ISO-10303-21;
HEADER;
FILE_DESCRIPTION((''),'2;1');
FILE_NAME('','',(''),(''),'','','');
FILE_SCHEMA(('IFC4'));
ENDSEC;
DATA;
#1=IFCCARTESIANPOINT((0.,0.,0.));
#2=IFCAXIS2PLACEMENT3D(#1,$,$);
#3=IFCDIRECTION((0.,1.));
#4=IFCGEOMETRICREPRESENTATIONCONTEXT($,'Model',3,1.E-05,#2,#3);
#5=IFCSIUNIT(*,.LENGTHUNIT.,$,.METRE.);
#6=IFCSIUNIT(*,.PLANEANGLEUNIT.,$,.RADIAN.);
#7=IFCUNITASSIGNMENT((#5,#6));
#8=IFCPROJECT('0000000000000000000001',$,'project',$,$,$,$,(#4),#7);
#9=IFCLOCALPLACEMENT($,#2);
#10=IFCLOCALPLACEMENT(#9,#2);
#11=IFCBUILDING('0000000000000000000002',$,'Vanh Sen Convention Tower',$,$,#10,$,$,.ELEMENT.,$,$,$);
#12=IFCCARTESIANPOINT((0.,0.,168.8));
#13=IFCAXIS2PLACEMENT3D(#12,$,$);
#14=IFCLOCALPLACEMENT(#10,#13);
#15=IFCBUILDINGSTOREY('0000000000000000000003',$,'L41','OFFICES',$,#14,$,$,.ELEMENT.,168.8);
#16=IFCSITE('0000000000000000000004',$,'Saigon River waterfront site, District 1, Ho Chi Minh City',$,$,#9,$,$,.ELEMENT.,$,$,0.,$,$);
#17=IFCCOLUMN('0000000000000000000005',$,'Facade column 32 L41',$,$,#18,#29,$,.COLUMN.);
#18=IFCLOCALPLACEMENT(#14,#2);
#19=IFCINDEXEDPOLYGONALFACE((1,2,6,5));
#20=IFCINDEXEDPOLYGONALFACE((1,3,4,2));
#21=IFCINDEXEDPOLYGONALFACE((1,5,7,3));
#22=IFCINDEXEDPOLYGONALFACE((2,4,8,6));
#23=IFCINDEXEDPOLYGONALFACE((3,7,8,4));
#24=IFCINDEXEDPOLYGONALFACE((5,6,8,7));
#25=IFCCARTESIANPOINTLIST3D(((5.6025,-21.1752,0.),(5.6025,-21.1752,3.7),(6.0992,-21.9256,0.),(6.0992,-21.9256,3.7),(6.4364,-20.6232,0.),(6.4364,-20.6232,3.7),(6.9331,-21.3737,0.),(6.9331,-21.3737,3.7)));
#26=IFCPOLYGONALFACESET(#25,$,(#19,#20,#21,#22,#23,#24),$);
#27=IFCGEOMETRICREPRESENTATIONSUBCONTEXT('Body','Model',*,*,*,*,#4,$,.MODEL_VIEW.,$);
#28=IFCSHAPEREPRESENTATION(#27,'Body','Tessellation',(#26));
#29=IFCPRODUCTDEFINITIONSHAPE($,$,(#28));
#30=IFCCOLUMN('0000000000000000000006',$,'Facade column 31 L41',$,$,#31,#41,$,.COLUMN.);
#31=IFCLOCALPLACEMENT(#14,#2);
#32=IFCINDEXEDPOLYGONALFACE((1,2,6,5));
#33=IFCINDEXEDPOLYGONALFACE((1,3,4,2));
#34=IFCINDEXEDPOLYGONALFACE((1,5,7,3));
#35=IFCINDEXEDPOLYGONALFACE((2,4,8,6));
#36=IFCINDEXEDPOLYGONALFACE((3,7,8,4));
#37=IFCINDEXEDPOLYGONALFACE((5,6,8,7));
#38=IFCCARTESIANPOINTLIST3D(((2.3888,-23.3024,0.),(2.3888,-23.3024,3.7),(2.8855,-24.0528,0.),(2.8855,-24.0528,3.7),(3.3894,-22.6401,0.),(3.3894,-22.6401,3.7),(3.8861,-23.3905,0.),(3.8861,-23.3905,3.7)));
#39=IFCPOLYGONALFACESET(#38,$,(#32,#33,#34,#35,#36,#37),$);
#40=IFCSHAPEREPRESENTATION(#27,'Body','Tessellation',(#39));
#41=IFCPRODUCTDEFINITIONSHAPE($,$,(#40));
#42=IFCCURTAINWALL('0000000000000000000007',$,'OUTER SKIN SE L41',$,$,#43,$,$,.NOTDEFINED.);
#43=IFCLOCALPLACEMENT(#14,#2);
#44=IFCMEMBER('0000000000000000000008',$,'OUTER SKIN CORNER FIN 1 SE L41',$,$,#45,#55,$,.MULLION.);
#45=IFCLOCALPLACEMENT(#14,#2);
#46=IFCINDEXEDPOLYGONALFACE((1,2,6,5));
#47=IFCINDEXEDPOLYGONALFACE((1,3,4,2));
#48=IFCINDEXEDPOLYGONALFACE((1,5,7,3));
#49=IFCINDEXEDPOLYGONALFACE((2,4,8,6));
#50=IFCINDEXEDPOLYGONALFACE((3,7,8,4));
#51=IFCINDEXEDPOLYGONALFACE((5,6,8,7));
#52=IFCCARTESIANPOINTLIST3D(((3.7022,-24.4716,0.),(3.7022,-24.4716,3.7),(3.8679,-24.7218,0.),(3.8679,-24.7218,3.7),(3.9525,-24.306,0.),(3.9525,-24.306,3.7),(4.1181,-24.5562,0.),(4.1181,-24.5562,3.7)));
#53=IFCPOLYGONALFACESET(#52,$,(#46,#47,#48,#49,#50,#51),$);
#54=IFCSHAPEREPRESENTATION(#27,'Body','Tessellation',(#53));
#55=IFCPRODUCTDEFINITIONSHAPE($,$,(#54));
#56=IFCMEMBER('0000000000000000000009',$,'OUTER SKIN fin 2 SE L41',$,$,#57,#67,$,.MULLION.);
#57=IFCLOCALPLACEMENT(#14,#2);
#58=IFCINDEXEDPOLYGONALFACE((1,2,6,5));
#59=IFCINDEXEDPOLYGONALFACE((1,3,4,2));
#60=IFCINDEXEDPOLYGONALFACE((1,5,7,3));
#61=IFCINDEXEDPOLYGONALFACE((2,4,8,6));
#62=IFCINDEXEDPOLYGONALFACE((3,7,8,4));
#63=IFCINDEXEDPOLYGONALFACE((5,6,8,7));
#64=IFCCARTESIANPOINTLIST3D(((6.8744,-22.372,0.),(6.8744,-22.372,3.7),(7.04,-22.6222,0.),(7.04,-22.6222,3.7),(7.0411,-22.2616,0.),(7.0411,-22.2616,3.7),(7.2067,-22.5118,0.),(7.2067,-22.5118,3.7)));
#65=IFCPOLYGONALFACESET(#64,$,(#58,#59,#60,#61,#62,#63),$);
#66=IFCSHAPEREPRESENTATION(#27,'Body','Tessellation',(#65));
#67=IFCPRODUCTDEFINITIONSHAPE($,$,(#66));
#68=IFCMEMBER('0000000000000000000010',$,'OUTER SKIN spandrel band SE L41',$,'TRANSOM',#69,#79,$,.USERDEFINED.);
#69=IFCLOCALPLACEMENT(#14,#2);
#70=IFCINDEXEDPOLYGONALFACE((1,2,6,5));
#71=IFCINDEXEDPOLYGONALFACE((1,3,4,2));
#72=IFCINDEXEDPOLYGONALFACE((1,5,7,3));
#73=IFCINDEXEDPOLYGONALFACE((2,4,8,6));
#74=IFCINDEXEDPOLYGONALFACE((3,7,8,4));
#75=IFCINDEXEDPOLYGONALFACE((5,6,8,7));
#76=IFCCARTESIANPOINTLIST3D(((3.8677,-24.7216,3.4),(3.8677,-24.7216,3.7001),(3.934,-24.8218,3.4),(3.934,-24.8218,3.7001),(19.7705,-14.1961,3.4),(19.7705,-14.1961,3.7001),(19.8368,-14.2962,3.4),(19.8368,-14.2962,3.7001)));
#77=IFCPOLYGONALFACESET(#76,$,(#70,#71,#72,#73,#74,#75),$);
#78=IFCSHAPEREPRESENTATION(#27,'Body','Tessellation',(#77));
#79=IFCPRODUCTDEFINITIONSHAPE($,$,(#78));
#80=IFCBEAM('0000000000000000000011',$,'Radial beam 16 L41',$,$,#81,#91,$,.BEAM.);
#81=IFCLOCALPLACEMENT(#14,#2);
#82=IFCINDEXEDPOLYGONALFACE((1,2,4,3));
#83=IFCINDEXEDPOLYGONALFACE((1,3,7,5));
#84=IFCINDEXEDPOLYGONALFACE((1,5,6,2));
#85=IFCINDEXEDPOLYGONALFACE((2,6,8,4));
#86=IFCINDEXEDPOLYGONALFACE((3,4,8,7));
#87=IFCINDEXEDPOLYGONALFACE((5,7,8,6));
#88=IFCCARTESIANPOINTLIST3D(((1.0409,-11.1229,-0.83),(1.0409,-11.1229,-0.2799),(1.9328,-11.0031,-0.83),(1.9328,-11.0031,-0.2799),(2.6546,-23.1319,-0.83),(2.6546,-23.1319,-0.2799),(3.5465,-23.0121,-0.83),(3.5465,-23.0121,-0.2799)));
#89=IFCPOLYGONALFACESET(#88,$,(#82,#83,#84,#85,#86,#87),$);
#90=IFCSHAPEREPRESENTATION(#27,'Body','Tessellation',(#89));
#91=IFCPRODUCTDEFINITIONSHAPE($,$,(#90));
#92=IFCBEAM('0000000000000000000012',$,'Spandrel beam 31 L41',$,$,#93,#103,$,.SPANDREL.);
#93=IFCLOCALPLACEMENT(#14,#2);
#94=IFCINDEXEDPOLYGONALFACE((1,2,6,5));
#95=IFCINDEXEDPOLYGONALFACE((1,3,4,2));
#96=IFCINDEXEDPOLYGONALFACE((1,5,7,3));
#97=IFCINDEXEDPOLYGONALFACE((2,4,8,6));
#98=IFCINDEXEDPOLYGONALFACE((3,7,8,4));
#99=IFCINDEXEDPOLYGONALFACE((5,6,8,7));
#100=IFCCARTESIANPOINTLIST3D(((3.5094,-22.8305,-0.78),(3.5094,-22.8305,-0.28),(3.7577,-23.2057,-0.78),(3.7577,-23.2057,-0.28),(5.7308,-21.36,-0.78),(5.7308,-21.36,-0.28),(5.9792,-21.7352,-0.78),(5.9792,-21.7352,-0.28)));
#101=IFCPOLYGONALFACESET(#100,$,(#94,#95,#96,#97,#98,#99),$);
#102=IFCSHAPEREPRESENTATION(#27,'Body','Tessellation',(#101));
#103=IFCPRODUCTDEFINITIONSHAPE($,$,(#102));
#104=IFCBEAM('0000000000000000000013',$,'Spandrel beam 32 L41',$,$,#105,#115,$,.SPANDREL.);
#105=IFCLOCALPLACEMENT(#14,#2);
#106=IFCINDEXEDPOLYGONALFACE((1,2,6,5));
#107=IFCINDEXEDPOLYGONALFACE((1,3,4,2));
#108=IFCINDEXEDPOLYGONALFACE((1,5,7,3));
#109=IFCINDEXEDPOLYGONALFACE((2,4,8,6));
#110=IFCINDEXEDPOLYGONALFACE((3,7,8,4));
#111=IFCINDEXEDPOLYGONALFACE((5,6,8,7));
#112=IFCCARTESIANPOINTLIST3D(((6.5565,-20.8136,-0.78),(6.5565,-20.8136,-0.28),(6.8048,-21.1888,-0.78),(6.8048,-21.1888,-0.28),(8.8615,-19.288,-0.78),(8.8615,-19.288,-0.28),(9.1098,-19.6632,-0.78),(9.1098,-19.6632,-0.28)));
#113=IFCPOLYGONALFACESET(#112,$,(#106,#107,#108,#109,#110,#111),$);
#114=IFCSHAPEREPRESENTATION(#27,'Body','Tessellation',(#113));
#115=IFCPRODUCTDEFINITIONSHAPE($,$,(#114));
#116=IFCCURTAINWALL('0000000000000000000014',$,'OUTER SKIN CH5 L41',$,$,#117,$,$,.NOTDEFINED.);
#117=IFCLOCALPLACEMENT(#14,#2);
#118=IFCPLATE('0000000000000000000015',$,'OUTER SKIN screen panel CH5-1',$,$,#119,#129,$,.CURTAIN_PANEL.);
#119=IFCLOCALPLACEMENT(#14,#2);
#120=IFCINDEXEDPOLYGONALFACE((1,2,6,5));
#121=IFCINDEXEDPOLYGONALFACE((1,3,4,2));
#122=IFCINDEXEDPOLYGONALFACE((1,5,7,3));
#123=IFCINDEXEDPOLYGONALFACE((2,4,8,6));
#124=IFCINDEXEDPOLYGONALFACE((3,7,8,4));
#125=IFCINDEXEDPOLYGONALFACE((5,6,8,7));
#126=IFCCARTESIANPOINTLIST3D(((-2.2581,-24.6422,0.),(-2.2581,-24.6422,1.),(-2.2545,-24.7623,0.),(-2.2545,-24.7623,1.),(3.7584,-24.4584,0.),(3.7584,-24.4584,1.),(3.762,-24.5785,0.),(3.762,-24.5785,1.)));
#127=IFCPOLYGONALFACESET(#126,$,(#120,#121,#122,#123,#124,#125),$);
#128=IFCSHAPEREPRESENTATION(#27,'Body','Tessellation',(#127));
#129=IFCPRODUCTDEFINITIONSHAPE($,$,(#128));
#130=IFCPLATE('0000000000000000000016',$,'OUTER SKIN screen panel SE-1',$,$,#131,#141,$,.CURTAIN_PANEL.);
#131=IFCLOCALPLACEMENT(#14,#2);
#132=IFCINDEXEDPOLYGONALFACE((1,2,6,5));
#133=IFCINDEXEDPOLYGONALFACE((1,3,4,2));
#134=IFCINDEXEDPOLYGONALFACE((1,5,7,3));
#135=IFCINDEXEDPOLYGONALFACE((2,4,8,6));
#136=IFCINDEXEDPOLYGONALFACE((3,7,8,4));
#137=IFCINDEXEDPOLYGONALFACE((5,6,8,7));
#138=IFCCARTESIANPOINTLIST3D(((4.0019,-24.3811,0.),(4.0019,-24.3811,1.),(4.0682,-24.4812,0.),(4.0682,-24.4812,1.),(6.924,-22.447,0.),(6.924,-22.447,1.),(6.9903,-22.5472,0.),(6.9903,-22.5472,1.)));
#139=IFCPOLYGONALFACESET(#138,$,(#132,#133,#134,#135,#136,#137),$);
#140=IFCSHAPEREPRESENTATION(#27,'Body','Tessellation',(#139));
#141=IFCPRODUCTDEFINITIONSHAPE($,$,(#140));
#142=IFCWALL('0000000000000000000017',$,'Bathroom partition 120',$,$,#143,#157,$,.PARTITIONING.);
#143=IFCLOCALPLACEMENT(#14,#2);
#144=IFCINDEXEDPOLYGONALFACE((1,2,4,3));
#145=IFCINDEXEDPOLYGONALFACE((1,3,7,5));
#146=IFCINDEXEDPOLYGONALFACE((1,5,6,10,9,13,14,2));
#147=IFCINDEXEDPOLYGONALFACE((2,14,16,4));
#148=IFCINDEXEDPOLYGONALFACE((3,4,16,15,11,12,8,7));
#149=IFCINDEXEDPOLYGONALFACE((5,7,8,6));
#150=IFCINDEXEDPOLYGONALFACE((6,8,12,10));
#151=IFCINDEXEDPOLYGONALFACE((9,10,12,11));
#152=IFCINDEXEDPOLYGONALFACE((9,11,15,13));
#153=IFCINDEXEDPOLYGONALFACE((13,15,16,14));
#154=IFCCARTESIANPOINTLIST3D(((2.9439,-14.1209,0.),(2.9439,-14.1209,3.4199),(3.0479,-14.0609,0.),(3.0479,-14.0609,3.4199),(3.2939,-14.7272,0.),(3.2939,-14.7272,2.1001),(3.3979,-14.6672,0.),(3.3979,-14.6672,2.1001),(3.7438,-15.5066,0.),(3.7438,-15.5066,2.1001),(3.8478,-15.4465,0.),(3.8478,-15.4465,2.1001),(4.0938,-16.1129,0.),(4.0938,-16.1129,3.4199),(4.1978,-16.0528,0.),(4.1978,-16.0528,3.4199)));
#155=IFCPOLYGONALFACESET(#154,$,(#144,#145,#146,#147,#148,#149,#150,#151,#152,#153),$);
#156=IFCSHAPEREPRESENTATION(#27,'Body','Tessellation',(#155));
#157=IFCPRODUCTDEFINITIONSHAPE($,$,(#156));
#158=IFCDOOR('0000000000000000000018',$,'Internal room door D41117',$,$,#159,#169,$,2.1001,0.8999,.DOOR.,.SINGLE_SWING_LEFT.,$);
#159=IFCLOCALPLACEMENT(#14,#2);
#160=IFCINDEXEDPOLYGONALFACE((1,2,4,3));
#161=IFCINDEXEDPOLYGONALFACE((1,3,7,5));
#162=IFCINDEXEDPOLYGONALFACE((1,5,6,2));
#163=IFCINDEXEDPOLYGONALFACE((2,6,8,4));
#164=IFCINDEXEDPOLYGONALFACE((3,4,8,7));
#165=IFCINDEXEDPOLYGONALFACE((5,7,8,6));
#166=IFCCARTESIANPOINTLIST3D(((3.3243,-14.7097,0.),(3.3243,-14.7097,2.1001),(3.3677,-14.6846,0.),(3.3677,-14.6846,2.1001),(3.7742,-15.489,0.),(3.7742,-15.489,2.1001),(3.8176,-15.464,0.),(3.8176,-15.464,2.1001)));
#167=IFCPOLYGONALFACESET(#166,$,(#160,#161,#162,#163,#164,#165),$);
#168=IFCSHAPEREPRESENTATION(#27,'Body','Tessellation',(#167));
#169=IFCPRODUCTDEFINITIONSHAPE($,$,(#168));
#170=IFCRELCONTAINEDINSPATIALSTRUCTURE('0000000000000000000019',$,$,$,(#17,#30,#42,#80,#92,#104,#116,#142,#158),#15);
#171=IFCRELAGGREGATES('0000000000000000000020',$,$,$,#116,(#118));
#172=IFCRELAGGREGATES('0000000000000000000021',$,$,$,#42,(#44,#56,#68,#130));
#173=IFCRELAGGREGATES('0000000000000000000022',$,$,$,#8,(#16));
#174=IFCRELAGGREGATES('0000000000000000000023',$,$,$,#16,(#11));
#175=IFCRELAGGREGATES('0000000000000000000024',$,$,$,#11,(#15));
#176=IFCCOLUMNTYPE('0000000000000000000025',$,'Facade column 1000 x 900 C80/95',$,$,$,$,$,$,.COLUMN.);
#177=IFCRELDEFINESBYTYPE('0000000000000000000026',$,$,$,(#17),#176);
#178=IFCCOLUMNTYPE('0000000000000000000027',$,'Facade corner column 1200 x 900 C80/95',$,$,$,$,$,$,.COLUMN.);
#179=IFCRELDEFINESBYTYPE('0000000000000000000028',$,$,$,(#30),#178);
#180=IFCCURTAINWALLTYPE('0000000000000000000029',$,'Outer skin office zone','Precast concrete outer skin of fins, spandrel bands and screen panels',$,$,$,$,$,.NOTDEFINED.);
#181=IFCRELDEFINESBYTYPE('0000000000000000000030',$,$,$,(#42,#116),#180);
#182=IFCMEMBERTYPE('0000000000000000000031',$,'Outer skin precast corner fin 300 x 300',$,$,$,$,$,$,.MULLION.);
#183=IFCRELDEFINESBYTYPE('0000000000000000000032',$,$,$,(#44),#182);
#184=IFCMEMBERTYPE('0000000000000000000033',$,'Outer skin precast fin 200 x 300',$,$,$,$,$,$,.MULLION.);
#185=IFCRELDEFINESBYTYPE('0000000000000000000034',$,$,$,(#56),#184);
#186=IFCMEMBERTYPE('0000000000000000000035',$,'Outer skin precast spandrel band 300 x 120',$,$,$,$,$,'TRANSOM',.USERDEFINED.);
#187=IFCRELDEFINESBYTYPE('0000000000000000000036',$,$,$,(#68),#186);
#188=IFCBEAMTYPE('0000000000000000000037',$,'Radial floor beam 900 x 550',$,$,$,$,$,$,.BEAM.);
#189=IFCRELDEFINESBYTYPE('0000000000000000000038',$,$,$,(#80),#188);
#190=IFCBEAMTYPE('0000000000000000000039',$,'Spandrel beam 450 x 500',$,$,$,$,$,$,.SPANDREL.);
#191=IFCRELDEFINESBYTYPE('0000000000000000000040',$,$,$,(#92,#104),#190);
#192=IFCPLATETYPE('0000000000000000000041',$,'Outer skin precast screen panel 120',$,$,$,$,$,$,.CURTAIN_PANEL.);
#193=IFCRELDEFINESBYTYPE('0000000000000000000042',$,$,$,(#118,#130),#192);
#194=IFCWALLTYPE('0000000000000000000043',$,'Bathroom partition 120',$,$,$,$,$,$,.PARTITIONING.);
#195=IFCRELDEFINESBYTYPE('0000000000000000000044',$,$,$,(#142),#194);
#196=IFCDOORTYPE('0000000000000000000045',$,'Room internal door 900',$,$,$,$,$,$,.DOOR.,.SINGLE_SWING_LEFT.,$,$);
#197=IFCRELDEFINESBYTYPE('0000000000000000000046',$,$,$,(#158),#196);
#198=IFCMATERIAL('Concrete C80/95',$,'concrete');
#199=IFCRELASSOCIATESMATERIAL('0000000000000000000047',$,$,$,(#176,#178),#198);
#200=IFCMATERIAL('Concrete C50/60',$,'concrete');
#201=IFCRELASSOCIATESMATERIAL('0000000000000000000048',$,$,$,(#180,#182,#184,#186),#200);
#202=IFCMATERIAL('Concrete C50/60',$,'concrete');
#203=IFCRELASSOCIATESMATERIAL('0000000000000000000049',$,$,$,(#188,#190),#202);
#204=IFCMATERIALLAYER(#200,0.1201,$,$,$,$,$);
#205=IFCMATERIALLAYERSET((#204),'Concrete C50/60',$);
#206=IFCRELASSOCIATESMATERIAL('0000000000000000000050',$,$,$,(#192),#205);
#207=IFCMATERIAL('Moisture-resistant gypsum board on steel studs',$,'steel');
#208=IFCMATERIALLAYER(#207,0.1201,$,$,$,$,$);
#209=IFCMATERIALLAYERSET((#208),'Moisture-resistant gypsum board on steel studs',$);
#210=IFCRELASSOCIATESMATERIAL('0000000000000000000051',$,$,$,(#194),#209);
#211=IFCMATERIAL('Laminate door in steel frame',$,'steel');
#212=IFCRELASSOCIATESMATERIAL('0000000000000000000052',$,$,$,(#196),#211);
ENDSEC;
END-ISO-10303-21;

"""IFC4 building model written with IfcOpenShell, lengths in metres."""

from ifc_helpers import new_model, si_unit, direction, frame, frame_2d, origin, origin_2d, place, context, subcontext, project, spatial, rectangle, extrude, material, layer, layer_set, material_profile, profile_set, type_object, element, fill, aggregate, save


model = new_model("IFC4")

# Units and contexts
model_context = context("Model", 3, precision=1e-05, world=origin(), true_north=direction((0.0, 1.0)))
body_context = subcontext(model_context, "Body", "Model", "MODEL_VIEW")
ifc_project = project(units=[si_unit("LENGTHUNIT", "METRE"), si_unit("PLANEANGLEUNIT", "RADIAN")], contexts=[model_context])

# Site, building, storey
site_placement = place(None, origin())
site = spatial("IfcSite", under=ifc_project, at=site_placement, Name="Saigon River waterfront site, District 1, Ho Chi Minh City", CompositionType="ELEMENT", RefElevation=0.0)
building_placement = place(site_placement, origin())
building = spatial("IfcBuilding", under=site, at=building_placement, Name="Vanh Sen Convention Tower", CompositionType="ELEMENT")
storey_placement = place(building_placement, frame((0.0, 0.0, 168.8)))
storey = spatial("IfcBuildingStorey", under=building, at=storey_placement, Name="L41", Description="OFFICES", CompositionType="ELEMENT", Elevation=168.8)

# Columns
ifc_material_1 = material(Name="Concrete C80/95", Category="concrete")
ifc_material_profile_1 = material_profile(ifc_material_1, rectangle(XDim=1.0, YDim=0.8999, at=origin_2d()), Name="RC 1000X900")
ifc_profile_set_1 = profile_set([ifc_material_profile_1], Name="Concrete C80/95")
column_type_1 = type_object("IfcColumnType", Name="Facade column 1000 x 900 C80/95", PredefinedType="COLUMN", material=ifc_profile_set_1)
column_1_placement = place(storey_placement, frame((6.2678, -21.2744, 0.0), z_axis=(0.0, 0.0, 1.0), x_axis=(0.833886, 0.551937, 0.0)))
element("IfcColumn", 1, at=column_1_placement, inside=storey, type_object=column_type_1, Name="Facade column 32 L41", PredefinedType="COLUMN", context=body_context, shape_type="SweptSolid", body=[
    extrude(rectangle(XDim=1.0, YDim=0.8999, at=origin_2d()), origin(), (0.0, 0.0, 1.0), 3.7),
])
ifc_material_profile_2 = material_profile(ifc_material_1, rectangle(XDim=1.2, YDim=0.8999, at=origin_2d()), Name="RC 1200X900")
ifc_profile_set_2 = profile_set([ifc_material_profile_2], Name="Concrete C80/95")
column_type_2 = type_object("IfcColumnType", Name="Facade corner column 1200 x 900 C80/95", PredefinedType="COLUMN", material=ifc_profile_set_2)
column_2_placement = place(storey_placement, frame((3.1375, -23.3464, 0.0), z_axis=(0.0, 0.0, 1.0), x_axis=(0.833886, 0.551937, 0.0)))
element("IfcColumn", 2, at=column_2_placement, inside=storey, type_object=column_type_2, Name="Facade column 31 L41", PredefinedType="COLUMN", context=body_context, shape_type="SweptSolid", body=[
    extrude(rectangle(XDim=1.2, YDim=0.8999, at=origin_2d()), origin(), (0.0, 0.0, 1.0), 3.7),
])

# Curtain wall, members
ifc_material_2 = material(Name="Concrete C50/60", Category="concrete")
curtain_wall_type = type_object("IfcCurtainWallType", Name="Outer skin office zone", Description="Precast concrete outer skin of fins, spandrel bands and screen panels", PredefinedType="NOTDEFINED", material=ifc_material_2)
curtain_wall_1_placement = place(storey_placement, origin())
curtain_wall_1 = element("IfcCurtainWall", 3, at=curtain_wall_1_placement, inside=storey, type_object=curtain_wall_type, Name="OUTER SKIN SE L41", PredefinedType="NOTDEFINED")
ifc_material_profile_3 = material_profile(ifc_material_2, rectangle(XDim=0.3, YDim=0.3, at=origin_2d()), Name="Outer skin precast corner fin 300 x 300")
ifc_profile_set_3 = profile_set([ifc_material_profile_3], Name="Concrete C50/60")
member_type_1 = type_object("IfcMemberType", Name="Outer skin precast corner fin 300 x 300", PredefinedType="MULLION", material=ifc_profile_set_3)
member_1_placement = place(storey_placement, frame((3.9102, -24.5139, 0.0), z_axis=(0.0, 0.0, 1.0), x_axis=(0.833886, 0.551937, 0.0)))
member_1 = element("IfcMember", 4, at=member_1_placement, type_object=member_type_1, Name="OUTER SKIN CORNER FIN 1 SE L41", PredefinedType="MULLION", context=body_context, shape_type="SweptSolid", body=[
    extrude(rectangle(XDim=0.3, YDim=0.3, at=origin_2d()), origin(), (0.0, 0.0, 1.0), 3.7),
])
ifc_material_profile_4 = material_profile(ifc_material_2, rectangle(XDim=0.2, YDim=0.3, at=origin_2d()), Name="Outer skin precast fin 200 x 300")
ifc_profile_set_4 = profile_set([ifc_material_profile_4], Name="Concrete C50/60")
member_type_2 = type_object("IfcMemberType", Name="Outer skin precast fin 200 x 300", PredefinedType="MULLION", material=ifc_profile_set_4)
member_2_placement = place(storey_placement, frame((7.0405, -22.4419, 0.0), z_axis=(0.0, 0.0, 1.0), x_axis=(0.833886, 0.551937, 0.0)))
member_2 = element("IfcMember", 5, at=member_2_placement, type_object=member_type_2, Name="OUTER SKIN fin 2 SE L41", PredefinedType="MULLION", context=body_context, shape_type="SweptSolid", body=[
    extrude(rectangle(XDim=0.2, YDim=0.3, at=origin_2d()), origin(), (0.0, 0.0, 1.0), 3.7),
])
ifc_material_profile_5 = material_profile(ifc_material_2, rectangle(XDim=0.1201, YDim=0.3, at=origin_2d()), Name="Outer skin precast spandrel band 300 x 120")
ifc_profile_set_5 = profile_set([ifc_material_profile_5], Name="Concrete C50/60")
member_type_3 = type_object("IfcMemberType", Name="Outer skin precast spandrel band 300 x 120", ElementType="TRANSOM", PredefinedType="USERDEFINED", material=ifc_profile_set_5)
member_3_placement = place(storey_placement, frame((3.9009, -24.7717, 3.55), z_axis=(0.833891, 0.551929, 0.0), x_axis=(-0.551929, 0.833891, 0.0)))
member_3 = element("IfcMember", 6, at=member_3_placement, type_object=member_type_3, Name="OUTER SKIN spandrel band SE L41", ObjectType="TRANSOM", PredefinedType="USERDEFINED", context=body_context, shape_type="SweptSolid", body=[
    extrude(rectangle(XDim=0.1201, YDim=0.3, at=origin_2d()), origin(), (0.0, 0.0, 1.0), 19.0706),
])

# Beams
ifc_material_3 = material(Name="Concrete C50/60", Category="concrete")
ifc_material_profile_6 = material_profile(ifc_material_3, rectangle(XDim=0.8999, YDim=0.55, at=origin_2d()), Name="RC 900X550")
ifc_profile_set_6 = profile_set([ifc_material_profile_6], Name="Concrete C50/60")
beam_type_1 = type_object("IfcBeamType", Name="Radial floor beam 900 x 550", PredefinedType="BEAM", material=ifc_profile_set_6)
beam_1_placement = place(storey_placement, frame((3.1006, -23.072, -0.5549), z_axis=(-0.133183, 0.991092, 0.0), x_axis=(-0.991092, -0.133183, 0.0)))
element("IfcBeam", 7, at=beam_1_placement, inside=storey, type_object=beam_type_1, Name="Radial beam 16 L41", PredefinedType="BEAM", context=body_context, shape_type="SweptSolid", body=[
    extrude(rectangle(XDim=0.8999, YDim=0.55, at=origin_2d()), origin(), (0.0, 0.0, 1.0), 12.1169),
])
ifc_material_profile_7 = material_profile(ifc_material_3, rectangle(XDim=0.45, YDim=0.5, at=origin_2d()), Name="RC 450X500")
ifc_profile_set_7 = profile_set([ifc_material_profile_7], Name="Concrete C50/60")
beam_type_2 = type_object("IfcBeamType", Name="Spandrel beam 450 x 500", PredefinedType="SPANDREL", material=ifc_profile_set_7)
beam_2_placement = place(storey_placement, frame((3.6335, -23.0181, -0.53), z_axis=(0.833865, 0.551969, 0.0), x_axis=(-0.551969, 0.833865, 0.0)))
element("IfcBeam", 8, at=beam_2_placement, inside=storey, type_object=beam_type_2, Name="Spandrel beam 31 L41", PredefinedType="SPANDREL", context=body_context, shape_type="SweptSolid", body=[
    extrude(rectangle(XDim=0.45, YDim=0.5, at=origin_2d()), origin(), (0.0, 0.0, 1.0), 2.6641),
])
beam_3_placement = place(storey_placement, frame((6.6807, -21.0012, -0.53), z_axis=(0.83388, 0.551945, 0.0), x_axis=(-0.551945, 0.83388, 0.0)))
element("IfcBeam", 9, at=beam_3_placement, inside=storey, type_object=beam_type_2, Name="Spandrel beam 32 L41", PredefinedType="SPANDREL", context=body_context, shape_type="SweptSolid", body=[
    extrude(rectangle(XDim=0.45, YDim=0.5, at=origin_2d()), origin(), (0.0, 0.0, 1.0), 2.7642),
])

# Curtain wall, plate
curtain_wall_2_placement = place(storey_placement, origin())
curtain_wall_2 = element("IfcCurtainWall", 10, at=curtain_wall_2_placement, inside=storey, type_object=curtain_wall_type, Name="OUTER SKIN CH5 L41", PredefinedType="NOTDEFINED")
ifc_layer_1 = layer(ifc_material_2, 0.1201)
ifc_layer_set_1 = layer_set([ifc_layer_1], Name="Concrete C50/60")
plate_type = type_object("IfcPlateType", Name="Outer skin precast screen panel 120", PredefinedType="CURTAIN_PANEL", material=ifc_layer_set_1)
plate_1_placement = place(storey_placement, frame((0.752, -24.6104, 0.0), z_axis=(0.0, 0.0, 1.0), x_axis=(0.999534, 0.03054, 0.0)))
plate_1 = element("IfcPlate", 11, at=plate_1_placement, type_object=plate_type, Name="OUTER SKIN screen panel CH5-1", PredefinedType="CURTAIN_PANEL", context=body_context, shape_type="SweptSolid", body=[
    extrude(rectangle(XDim=6.0193, YDim=0.1201, at=origin_2d()), origin(), (0.0, 0.0, 1.0), 1.0),
])
aggregate(curtain_wall_2, [plate_1])

# Plate
plate_2_placement = place(storey_placement, frame((5.4961, -23.4641, 0.0), z_axis=(0.0, 0.0, 1.0), x_axis=(0.83389, 0.551931, 0.0)))
plate_2 = element("IfcPlate", 12, at=plate_2_placement, type_object=plate_type, Name="OUTER SKIN screen panel SE-1", PredefinedType="CURTAIN_PANEL", context=body_context, shape_type="SweptSolid", body=[
    extrude(rectangle(XDim=3.5042, YDim=0.1201, at=origin_2d()), origin(), (0.0, 0.0, 1.0), 1.0),
])
aggregate(curtain_wall_1, [member_1, member_2, member_3, plate_2])

# Wall, opening, door
ifc_material_4 = material(Name="Moisture-resistant gypsum board on steel studs", Category="steel")
ifc_layer_2 = layer(ifc_material_4, 0.1201)
ifc_layer_set_2 = layer_set([ifc_layer_2], Name="Moisture-resistant gypsum board on steel studs")
wall_type_1 = type_object("IfcWallType", Name="Bathroom partition 120", PredefinedType="PARTITIONING", material=ifc_layer_set_2)
wall_1_placement = place(storey_placement, frame((4.1458, -16.0828, 0.0), z_axis=(0.0, 0.0, 1.0), x_axis=(-0.499952, 0.866053, 0.0)))
wall_1 = element("IfcWall", 13, at=wall_1_placement, inside=storey, type_object=wall_type_1, Name="Bathroom partition 120", PredefinedType="PARTITIONING", context=body_context, shape_type="SweptSolid", body=[
    extrude(rectangle(XDim=2.3, YDim=0.1201, at=frame_2d((1.1499, 0.0))), origin(), (0.0, 0.0, 1.0), 3.4199),
])
opening_1_placement = place(wall_1_placement, frame((0.7, 0.0, 0.0)))
opening_1 = element("IfcOpeningElement", 14, at=opening_1_placement, cuts=wall_1, PredefinedType="OPENING", context=body_context, shape_type="SweptSolid", body=[
    extrude(rectangle(XDim=0.8999, YDim=2.1001, at=frame_2d((0.45, 1.05))), frame((0.0, 0.0701, 0.0), z_axis=(0.0, -1.0, 0.0), x_axis=(1.0, 0.0, 0.0)), (0.0, 0.0, 1.0), 0.1401),
])
ifc_material_5 = material(Name="Laminate door in steel frame", Category="steel")
door_type = type_object("IfcDoorType", Name="Room internal door 900", OperationType="SINGLE_SWING_LEFT", PredefinedType="DOOR", material=ifc_material_5)
door_placement = place(opening_1_placement, origin())
door = element("IfcDoor", 15, at=door_placement, inside=storey, type_object=door_type, Name="Internal room door D41117", OperationType="SINGLE_SWING_LEFT", OverallHeight=2.1001, OverallWidth=0.8999, PredefinedType="DOOR", context=body_context, shape_type="SweptSolid", body=[
    extrude(rectangle(XDim=0.8999, YDim=2.1001, at=frame_2d((0.45, 1.05))), frame((0.0, 0.0249, 0.0), z_axis=(0.0, -1.0, 0.0), x_axis=(1.0, 0.0, 0.0)), (0.0, 0.0, 1.0), 0.05),
])
fill(opening_1, door)

save(model, "model.ifc")
